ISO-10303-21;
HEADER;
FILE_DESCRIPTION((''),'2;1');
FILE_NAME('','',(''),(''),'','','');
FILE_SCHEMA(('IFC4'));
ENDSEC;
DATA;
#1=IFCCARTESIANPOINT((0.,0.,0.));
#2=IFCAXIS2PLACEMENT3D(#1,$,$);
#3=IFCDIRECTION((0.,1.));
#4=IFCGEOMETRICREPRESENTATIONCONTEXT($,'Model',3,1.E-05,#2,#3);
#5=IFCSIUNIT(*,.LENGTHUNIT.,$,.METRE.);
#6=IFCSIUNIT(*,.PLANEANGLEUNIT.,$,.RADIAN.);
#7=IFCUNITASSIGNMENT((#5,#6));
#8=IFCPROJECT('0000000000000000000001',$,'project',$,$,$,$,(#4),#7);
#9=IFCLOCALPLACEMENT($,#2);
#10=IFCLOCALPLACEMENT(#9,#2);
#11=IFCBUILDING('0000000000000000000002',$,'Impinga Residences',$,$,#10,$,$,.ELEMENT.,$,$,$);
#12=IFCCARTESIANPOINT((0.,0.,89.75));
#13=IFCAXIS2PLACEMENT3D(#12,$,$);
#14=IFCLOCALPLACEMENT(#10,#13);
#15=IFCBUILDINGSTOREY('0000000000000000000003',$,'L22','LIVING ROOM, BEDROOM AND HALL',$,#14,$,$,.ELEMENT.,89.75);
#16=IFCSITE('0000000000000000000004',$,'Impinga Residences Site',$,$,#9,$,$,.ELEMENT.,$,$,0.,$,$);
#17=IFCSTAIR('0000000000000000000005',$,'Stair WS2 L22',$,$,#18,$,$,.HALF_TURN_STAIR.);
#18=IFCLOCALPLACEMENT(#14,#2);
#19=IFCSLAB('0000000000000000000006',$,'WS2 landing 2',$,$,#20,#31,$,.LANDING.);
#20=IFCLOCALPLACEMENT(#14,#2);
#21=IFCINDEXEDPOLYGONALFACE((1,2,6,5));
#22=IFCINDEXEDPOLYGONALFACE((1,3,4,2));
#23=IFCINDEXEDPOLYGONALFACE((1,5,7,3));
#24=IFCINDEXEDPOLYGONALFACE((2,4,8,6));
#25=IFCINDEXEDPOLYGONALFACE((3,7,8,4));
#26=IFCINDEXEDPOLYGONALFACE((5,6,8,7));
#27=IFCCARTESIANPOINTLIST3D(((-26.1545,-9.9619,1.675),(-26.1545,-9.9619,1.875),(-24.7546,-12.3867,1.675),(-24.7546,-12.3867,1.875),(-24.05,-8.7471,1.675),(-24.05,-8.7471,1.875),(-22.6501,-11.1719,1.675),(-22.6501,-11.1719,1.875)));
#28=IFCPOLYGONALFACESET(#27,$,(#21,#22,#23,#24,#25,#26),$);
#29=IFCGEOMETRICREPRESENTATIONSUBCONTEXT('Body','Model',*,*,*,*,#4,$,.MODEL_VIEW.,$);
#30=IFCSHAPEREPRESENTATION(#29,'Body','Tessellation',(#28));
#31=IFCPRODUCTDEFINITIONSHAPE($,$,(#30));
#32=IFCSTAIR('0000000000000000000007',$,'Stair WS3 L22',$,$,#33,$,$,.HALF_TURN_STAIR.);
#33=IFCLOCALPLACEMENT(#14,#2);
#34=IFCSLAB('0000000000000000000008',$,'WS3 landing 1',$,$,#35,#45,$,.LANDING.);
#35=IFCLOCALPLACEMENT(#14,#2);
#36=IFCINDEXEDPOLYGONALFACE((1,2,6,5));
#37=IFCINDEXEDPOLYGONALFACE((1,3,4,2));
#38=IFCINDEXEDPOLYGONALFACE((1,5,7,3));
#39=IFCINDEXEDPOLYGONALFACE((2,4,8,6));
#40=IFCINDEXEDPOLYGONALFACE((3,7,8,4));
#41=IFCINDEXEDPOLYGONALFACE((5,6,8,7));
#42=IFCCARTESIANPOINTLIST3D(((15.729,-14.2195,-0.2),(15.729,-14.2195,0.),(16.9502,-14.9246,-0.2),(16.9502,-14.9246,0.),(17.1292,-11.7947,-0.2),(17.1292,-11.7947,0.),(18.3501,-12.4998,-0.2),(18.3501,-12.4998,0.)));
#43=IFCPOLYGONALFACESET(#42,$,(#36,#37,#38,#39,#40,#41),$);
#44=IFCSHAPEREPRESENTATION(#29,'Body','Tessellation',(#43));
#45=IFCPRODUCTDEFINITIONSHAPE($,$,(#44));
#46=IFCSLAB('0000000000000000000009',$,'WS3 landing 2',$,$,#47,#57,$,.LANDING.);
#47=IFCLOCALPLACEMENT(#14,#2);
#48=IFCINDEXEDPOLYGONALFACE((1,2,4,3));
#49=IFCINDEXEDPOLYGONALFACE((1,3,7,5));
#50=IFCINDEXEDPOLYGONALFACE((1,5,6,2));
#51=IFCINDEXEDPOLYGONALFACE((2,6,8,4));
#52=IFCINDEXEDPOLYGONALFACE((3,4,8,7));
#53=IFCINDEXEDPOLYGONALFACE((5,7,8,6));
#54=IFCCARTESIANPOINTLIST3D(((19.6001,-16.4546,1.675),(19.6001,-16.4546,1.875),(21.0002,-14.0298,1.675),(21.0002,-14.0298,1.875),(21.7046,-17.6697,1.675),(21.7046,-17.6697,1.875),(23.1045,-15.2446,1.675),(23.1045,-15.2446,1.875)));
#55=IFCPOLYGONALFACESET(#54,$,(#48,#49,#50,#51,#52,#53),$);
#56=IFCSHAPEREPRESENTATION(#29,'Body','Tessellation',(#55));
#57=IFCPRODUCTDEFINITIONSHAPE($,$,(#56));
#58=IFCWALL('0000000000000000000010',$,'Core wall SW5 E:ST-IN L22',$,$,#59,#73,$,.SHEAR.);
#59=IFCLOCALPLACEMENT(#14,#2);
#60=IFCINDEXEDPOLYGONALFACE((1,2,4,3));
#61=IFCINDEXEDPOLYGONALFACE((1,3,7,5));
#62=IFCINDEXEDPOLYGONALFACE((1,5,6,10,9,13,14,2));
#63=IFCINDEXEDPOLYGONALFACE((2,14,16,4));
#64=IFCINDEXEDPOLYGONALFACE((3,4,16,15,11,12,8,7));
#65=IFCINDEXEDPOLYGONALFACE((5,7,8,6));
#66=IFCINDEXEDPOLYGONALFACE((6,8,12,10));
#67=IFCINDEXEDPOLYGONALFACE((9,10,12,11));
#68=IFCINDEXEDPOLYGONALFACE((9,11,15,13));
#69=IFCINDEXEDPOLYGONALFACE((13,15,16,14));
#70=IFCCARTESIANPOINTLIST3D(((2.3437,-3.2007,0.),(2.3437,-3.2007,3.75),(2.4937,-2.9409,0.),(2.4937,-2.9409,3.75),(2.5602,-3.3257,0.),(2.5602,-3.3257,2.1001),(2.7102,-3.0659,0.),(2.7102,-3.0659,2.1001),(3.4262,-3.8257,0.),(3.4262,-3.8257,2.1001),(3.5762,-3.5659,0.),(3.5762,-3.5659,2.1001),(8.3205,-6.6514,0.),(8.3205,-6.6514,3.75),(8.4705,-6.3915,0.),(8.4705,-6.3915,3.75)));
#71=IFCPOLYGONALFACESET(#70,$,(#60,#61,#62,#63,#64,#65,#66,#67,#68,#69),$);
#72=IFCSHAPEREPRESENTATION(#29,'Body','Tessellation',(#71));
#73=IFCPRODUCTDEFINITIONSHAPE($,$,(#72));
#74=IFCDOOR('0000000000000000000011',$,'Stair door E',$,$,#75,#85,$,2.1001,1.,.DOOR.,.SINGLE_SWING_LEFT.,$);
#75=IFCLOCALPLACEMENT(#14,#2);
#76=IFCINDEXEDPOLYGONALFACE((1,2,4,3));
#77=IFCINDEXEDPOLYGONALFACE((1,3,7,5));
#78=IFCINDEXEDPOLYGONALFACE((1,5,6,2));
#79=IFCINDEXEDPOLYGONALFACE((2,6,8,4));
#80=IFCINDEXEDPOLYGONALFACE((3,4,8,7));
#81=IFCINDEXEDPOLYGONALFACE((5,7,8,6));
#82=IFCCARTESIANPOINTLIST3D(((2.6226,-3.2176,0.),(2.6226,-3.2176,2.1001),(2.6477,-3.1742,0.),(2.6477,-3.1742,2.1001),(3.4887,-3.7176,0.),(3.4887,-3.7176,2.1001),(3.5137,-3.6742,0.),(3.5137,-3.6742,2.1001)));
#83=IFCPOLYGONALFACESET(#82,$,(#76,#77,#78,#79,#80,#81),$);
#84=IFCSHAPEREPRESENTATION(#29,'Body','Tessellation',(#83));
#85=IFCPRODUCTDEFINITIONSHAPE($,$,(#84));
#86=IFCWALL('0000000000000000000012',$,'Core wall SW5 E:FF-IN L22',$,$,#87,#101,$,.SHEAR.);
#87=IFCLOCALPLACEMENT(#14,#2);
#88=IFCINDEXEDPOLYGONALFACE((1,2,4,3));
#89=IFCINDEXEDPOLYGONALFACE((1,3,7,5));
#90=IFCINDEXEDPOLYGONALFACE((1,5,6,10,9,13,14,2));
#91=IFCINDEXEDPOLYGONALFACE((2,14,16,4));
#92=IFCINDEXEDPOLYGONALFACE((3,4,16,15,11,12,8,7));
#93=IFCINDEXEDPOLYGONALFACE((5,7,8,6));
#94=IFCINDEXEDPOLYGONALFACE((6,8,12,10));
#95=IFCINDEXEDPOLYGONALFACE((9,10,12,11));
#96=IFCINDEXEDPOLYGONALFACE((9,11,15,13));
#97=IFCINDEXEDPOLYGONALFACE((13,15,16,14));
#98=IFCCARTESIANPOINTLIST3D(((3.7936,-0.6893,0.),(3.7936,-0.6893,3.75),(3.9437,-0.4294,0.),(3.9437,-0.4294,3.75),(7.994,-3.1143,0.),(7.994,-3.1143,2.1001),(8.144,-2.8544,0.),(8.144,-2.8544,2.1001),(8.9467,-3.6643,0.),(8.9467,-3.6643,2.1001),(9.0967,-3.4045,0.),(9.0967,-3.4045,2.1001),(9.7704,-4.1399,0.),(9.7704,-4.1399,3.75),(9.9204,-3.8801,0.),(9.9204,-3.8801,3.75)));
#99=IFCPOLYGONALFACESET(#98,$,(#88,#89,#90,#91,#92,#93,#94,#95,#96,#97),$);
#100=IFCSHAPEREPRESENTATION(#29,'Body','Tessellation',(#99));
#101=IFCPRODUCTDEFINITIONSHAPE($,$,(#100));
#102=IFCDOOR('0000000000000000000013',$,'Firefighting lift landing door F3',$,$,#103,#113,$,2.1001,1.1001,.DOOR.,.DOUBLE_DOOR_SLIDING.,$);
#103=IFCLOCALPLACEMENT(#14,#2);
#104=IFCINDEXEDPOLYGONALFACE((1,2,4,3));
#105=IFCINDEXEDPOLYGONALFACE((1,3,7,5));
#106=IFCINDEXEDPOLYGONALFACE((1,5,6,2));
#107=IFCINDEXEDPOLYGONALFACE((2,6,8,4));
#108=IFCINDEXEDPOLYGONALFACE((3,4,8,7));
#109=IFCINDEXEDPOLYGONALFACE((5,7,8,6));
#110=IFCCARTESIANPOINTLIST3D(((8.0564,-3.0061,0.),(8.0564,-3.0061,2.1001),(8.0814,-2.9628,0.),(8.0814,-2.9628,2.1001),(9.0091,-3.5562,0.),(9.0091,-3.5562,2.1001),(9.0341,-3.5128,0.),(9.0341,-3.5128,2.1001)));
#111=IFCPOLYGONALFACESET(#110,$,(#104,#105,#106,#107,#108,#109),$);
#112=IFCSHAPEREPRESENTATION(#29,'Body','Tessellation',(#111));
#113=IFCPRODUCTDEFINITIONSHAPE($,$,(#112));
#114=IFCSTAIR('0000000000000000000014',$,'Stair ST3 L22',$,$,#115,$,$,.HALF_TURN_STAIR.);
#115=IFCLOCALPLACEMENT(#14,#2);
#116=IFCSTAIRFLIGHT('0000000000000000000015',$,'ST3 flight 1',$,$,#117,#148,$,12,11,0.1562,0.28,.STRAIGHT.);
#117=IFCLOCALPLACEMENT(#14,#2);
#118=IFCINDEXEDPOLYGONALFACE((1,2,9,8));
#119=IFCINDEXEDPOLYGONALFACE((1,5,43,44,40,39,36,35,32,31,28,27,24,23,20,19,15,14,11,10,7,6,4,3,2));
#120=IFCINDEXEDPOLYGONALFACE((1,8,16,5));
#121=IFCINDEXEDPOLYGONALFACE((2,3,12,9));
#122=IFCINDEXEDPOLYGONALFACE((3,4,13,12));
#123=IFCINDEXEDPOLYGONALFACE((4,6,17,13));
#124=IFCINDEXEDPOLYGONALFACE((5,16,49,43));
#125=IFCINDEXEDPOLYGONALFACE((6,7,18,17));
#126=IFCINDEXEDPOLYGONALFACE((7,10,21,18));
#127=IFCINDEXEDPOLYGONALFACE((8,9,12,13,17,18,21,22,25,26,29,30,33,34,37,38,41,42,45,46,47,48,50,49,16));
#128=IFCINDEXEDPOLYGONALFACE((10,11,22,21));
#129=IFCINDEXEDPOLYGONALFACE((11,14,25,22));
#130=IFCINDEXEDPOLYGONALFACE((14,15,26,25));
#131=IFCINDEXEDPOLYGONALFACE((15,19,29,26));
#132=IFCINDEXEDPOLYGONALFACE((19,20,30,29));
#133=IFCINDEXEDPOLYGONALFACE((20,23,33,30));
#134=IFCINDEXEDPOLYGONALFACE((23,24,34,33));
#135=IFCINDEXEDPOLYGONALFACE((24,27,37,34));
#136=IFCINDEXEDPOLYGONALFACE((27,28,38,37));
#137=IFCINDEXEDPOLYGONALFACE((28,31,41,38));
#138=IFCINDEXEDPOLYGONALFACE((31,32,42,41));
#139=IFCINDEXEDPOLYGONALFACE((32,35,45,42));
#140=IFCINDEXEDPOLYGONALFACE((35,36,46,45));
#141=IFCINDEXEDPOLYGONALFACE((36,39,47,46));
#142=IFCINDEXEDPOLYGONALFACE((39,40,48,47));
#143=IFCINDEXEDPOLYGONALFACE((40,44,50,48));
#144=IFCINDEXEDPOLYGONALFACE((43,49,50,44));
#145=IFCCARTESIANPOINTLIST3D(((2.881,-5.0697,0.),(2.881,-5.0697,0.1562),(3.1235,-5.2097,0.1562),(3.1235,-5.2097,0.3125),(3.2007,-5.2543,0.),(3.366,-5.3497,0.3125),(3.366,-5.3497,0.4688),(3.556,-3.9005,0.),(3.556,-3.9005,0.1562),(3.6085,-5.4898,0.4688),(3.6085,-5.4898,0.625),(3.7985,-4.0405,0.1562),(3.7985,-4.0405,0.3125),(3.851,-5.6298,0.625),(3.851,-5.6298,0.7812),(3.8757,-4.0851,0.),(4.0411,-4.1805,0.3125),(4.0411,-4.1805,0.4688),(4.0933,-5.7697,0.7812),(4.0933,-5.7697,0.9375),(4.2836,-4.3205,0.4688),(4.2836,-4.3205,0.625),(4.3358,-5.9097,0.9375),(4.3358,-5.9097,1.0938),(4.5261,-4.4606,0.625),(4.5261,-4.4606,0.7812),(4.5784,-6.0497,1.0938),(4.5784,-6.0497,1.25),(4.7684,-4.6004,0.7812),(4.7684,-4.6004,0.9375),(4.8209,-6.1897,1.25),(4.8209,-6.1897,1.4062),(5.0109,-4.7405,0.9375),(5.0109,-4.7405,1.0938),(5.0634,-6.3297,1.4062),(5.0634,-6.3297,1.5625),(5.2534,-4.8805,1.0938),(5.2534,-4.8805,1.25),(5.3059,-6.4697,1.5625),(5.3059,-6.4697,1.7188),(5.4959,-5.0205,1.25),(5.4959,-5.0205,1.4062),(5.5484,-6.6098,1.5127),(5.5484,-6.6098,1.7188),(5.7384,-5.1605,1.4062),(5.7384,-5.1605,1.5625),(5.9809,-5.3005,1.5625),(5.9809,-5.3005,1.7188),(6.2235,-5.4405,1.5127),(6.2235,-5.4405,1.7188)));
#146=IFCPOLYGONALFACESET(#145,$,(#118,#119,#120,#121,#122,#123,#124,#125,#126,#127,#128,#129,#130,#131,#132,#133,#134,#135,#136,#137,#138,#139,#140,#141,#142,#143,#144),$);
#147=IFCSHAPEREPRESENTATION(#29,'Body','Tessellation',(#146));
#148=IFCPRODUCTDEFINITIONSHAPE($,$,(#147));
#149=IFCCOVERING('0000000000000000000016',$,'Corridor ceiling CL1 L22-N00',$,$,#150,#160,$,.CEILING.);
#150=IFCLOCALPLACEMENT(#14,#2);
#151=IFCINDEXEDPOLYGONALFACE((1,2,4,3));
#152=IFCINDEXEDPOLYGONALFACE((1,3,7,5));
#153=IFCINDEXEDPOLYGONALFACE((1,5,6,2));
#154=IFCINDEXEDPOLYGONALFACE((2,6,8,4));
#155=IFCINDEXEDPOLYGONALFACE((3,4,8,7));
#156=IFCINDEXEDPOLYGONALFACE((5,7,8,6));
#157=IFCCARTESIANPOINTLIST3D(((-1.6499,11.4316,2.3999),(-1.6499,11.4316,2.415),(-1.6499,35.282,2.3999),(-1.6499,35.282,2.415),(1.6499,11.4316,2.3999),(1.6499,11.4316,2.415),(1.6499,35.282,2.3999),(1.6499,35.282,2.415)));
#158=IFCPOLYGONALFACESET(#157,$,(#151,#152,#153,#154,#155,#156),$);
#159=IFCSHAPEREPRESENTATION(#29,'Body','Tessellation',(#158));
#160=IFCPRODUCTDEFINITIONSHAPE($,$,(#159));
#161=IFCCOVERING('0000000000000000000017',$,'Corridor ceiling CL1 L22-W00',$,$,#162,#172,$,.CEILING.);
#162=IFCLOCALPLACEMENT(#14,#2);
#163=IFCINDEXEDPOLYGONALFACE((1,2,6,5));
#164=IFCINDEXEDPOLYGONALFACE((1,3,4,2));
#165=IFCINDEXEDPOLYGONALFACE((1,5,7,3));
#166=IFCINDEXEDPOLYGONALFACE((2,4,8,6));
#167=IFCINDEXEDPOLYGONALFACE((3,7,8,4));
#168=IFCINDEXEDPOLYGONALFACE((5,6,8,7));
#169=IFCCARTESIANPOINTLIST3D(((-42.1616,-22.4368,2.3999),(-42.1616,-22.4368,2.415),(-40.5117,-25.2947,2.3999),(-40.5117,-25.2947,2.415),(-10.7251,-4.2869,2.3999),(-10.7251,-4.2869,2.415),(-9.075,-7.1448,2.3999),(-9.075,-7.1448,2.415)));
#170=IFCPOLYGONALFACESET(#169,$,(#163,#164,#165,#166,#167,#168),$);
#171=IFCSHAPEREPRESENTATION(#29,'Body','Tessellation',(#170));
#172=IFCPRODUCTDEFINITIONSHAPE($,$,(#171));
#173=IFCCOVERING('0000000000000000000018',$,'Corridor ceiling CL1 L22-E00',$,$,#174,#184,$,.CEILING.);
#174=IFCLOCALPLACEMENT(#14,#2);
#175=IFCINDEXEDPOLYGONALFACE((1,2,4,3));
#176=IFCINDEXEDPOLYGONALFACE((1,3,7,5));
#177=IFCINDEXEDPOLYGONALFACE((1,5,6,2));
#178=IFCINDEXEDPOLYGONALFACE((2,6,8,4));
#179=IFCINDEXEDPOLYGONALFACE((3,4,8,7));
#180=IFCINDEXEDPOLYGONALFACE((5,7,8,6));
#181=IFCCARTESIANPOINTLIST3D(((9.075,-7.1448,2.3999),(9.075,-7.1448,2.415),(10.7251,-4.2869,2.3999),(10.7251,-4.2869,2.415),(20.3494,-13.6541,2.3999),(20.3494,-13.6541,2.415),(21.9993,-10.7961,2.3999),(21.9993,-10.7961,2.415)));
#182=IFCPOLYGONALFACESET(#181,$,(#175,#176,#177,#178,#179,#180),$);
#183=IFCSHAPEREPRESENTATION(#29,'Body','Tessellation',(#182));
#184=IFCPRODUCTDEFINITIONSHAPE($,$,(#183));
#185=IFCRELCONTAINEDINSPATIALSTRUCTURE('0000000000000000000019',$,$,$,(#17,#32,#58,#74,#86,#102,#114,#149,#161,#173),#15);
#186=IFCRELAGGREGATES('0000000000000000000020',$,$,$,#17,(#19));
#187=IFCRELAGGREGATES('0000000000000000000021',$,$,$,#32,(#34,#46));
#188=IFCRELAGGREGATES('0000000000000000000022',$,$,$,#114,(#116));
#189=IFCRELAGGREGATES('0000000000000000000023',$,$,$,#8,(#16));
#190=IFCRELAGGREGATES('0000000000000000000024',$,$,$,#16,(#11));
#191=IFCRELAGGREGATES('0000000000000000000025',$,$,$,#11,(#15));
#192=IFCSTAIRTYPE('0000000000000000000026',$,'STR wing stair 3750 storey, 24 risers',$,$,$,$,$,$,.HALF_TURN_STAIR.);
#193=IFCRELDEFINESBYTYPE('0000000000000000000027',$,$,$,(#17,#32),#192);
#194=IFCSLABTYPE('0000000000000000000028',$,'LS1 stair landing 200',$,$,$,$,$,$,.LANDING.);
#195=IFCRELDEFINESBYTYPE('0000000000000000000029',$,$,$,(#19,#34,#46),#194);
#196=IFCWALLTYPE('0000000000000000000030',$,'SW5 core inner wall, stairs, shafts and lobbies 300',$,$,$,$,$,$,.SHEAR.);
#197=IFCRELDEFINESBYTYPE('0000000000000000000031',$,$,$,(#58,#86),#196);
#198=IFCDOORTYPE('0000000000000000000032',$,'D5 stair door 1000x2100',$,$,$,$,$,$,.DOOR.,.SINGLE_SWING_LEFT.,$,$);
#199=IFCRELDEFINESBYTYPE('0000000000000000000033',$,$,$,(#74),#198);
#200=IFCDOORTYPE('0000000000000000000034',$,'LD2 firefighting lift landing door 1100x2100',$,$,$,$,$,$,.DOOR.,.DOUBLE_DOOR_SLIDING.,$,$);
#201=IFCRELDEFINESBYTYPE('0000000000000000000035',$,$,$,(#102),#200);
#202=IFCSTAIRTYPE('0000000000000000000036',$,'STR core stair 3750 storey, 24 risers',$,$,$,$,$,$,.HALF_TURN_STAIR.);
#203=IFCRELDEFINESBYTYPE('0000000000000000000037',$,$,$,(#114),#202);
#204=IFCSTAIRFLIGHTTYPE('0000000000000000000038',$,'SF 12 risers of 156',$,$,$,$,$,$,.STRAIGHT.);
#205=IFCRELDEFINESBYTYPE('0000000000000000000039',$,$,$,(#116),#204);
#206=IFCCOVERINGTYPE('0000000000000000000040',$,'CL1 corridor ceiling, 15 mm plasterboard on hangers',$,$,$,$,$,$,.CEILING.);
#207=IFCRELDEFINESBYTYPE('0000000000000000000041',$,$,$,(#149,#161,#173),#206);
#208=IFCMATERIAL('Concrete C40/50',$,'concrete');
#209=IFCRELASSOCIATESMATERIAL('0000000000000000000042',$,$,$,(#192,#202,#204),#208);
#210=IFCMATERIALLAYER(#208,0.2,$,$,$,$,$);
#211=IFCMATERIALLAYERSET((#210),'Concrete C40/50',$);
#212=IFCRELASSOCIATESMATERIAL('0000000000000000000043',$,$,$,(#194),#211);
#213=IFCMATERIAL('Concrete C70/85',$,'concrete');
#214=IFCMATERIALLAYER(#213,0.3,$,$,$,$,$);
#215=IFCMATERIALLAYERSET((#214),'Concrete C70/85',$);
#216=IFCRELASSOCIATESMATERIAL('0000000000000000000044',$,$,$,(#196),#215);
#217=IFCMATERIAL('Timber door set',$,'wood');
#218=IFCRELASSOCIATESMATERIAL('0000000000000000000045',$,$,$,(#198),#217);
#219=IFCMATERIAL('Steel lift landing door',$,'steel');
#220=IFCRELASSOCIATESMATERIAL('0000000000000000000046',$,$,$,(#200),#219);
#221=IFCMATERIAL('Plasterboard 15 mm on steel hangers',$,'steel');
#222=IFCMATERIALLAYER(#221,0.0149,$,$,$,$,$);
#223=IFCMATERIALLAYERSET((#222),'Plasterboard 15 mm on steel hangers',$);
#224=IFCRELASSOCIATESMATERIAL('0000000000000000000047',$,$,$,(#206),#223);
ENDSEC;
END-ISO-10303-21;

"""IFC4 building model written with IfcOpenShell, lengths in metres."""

from ifc_helpers import new_model, si_unit, direction, frame, frame_2d, origin, place, context, subcontext, project, spatial, polyline, rectangle, outline, extrude, material, layer, layer_set, type_object, element, fill, aggregate, save


model = new_model("IFC4")

# Units and contexts
model_context = context("Model", 3, precision=1e-05, world=origin(), true_north=direction((0.0, 1.0)))
body_context = subcontext(model_context, "Body", "Model", "MODEL_VIEW")
ifc_project = project(units=[si_unit("LENGTHUNIT", "METRE"), si_unit("PLANEANGLEUNIT", "RADIAN")], contexts=[model_context])

# Site, building, storey
site_placement = place(None, origin())
site = spatial("IfcSite", under=ifc_project, at=site_placement, Name="Impinga Residences Site", CompositionType="ELEMENT", RefElevation=0.0)
building_placement = place(site_placement, origin())
building = spatial("IfcBuilding", under=site, at=building_placement, Name="Impinga Residences", CompositionType="ELEMENT")
storey_placement = place(building_placement, frame((0.0, 0.0, 89.75)))
storey = spatial("IfcBuildingStorey", under=building, at=storey_placement, Name="L22", Description="LIVING ROOM, BEDROOM AND HALL", CompositionType="ELEMENT", Elevation=89.75)

# Stair, slab
ifc_material_1 = material(Name="Concrete C40/50", Category="concrete")
stair_type_1 = type_object("IfcStairType", Name="STR wing stair 3750 storey, 24 risers", PredefinedType="HALF_TURN_STAIR", material=ifc_material_1)
stair_1_placement = place(storey_placement, origin())
stair_1 = element("IfcStair", 1, at=stair_1_placement, inside=storey, type_object=stair_type_1, Name="Stair WS2 L22", PredefinedType="HALF_TURN_STAIR")
ifc_layer_1 = layer(ifc_material_1, 0.2)
ifc_layer_set_1 = layer_set([ifc_layer_1], Name="Concrete C40/50")
slab_type = type_object("IfcSlabType", Name="LS1 stair landing 200", PredefinedType="LANDING", material=ifc_layer_set_1)
slab_1_placement = place(storey_placement, frame((0.0, 0.0, 1.675)))
slab_1 = element("IfcSlab", 2, at=slab_1_placement, type_object=slab_type, Name="WS2 landing 2", PredefinedType="LANDING", context=body_context, shape_type="SweptSolid", body=[
    extrude(outline(polyline([(-22.6501, -11.1719), (-24.05, -8.7471), (-26.1545, -9.9619), (-24.7546, -12.3867), (-22.6501, -11.1719)])), origin(), (0.0, 0.0, 1.0), 0.2),
])
aggregate(stair_1, [slab_1])

# Stair, slabs
stair_2_placement = place(storey_placement, origin())
stair_2 = element("IfcStair", 3, at=stair_2_placement, inside=storey, type_object=stair_type_1, Name="Stair WS3 L22", PredefinedType="HALF_TURN_STAIR")
slab_2_placement = place(storey_placement, frame((0.0, 0.0, -0.2)))
slab_2 = element("IfcSlab", 4, at=slab_2_placement, type_object=slab_type, Name="WS3 landing 1", PredefinedType="LANDING", context=body_context, shape_type="SweptSolid", body=[
    extrude(outline(polyline([(17.1292, -11.7947), (15.729, -14.2195), (16.9502, -14.9246), (18.3501, -12.4998), (17.1292, -11.7947)])), origin(), (0.0, 0.0, 1.0), 0.2),
])
slab_3_placement = place(storey_placement, frame((0.0, 0.0, 1.675)))
slab_3 = element("IfcSlab", 5, at=slab_3_placement, type_object=slab_type, Name="WS3 landing 2", PredefinedType="LANDING", context=body_context, shape_type="SweptSolid", body=[
    extrude(outline(polyline([(21.0002, -14.0298), (19.6001, -16.4546), (21.7046, -17.6697), (23.1045, -15.2446), (21.0002, -14.0298)])), origin(), (0.0, 0.0, 1.0), 0.2),
])
aggregate(stair_2, [slab_2, slab_3])

# Walls, openings, doors
ifc_material_2 = material(Name="Concrete C70/85", Category="concrete")
ifc_layer_2 = layer(ifc_material_2, 0.3)
ifc_layer_set_2 = layer_set([ifc_layer_2], Name="Concrete C70/85")
wall_type = type_object("IfcWallType", Name="SW5 core inner wall, stairs, shafts and lobbies 300", PredefinedType="SHEAR", material=ifc_layer_set_2)
wall_1_placement = place(storey_placement, frame((2.4187, -3.0708, 0.0), z_axis=(0.0, 0.0, 1.0), x_axis=(0.866027, -0.499997, 0.0)))
wall_1 = element("IfcWall", 6, at=wall_1_placement, inside=storey, type_object=wall_type, Name="Core wall SW5 E:ST-IN L22", PredefinedType="SHEAR", context=body_context, shape_type="SweptSolid", body=[
    extrude(rectangle(XDim=6.9014, YDim=0.3, at=frame_2d((3.4507, 0.0))), origin(), (0.0, 0.0, 1.0), 3.75),
])
opening_1_placement = place(wall_1_placement, frame((0.25, 0.0, 0.0)))
opening_1 = element("IfcOpeningElement", 7, at=opening_1_placement, cuts=wall_1, PredefinedType="OPENING", context=body_context, shape_type="SweptSolid", body=[
    extrude(rectangle(XDim=1.0, YDim=2.1001, at=frame_2d((0.5, 1.05))), frame((0.0, 0.1599, 0.0), z_axis=(0.0, -1.0, 0.0), x_axis=(1.0, 0.0, 0.0)), (0.0, 0.0, 1.0), 0.3201),
])
ifc_material_3 = material(Name="Timber door set", Category="wood")
door_type_1 = type_object("IfcDoorType", Name="D5 stair door 1000x2100", OperationType="SINGLE_SWING_LEFT", PredefinedType="DOOR", material=ifc_material_3)
door_1_placement = place(opening_1_placement, origin())
door_1 = element("IfcDoor", 8, at=door_1_placement, inside=storey, type_object=door_type_1, Name="Stair door E", OperationType="SINGLE_SWING_LEFT", OverallHeight=2.1001, OverallWidth=1.0, PredefinedType="DOOR", context=body_context, shape_type="SweptSolid", body=[
    extrude(rectangle(XDim=1.0, YDim=2.1001, at=frame_2d((0.5, 1.05))), frame((0.0, 0.0249, 0.0), z_axis=(0.0, -1.0, 0.0), x_axis=(1.0, 0.0, 0.0)), (0.0, 0.0, 1.0), 0.05),
])
fill(opening_1, door_1)
wall_2_placement = place(storey_placement, frame((3.8687, -0.5593, 0.0), z_axis=(0.0, 0.0, 1.0), x_axis=(0.866027, -0.499997, 0.0)))
wall_2 = element("IfcWall", 9, at=wall_2_placement, inside=storey, type_object=wall_type, Name="Core wall SW5 E:FF-IN L22", PredefinedType="SHEAR", context=body_context, shape_type="SweptSolid", body=[
    extrude(rectangle(XDim=6.9014, YDim=0.3, at=frame_2d((3.4507, 0.0))), origin(), (0.0, 0.0, 1.0), 3.75),
])
opening_2_placement = place(wall_2_placement, frame((4.8501, 0.0, 0.0)))
opening_2 = element("IfcOpeningElement", 10, at=opening_2_placement, cuts=wall_2, PredefinedType="OPENING", context=body_context, shape_type="SweptSolid", body=[
    extrude(rectangle(XDim=1.1001, YDim=2.1001, at=frame_2d((0.55, 1.05))), frame((0.0, 0.1599, 0.0), z_axis=(0.0, -1.0, 0.0), x_axis=(1.0, 0.0, 0.0)), (0.0, 0.0, 1.0), 0.3201),
])
ifc_material_4 = material(Name="Steel lift landing door", Category="steel")
door_type_2 = type_object("IfcDoorType", Name="LD2 firefighting lift landing door 1100x2100", OperationType="DOUBLE_DOOR_SLIDING", PredefinedType="DOOR", material=ifc_material_4)
door_2_placement = place(opening_2_placement, origin())
door_2 = element("IfcDoor", 11, at=door_2_placement, inside=storey, type_object=door_type_2, Name="Firefighting lift landing door F3", OperationType="DOUBLE_DOOR_SLIDING", OverallHeight=2.1001, OverallWidth=1.1001, PredefinedType="DOOR", context=body_context, shape_type="SweptSolid", body=[
    extrude(rectangle(XDim=1.1001, YDim=2.1001, at=frame_2d((0.55, 1.05))), frame((0.0, 0.0249, 0.0), z_axis=(0.0, -1.0, 0.0), x_axis=(1.0, 0.0, 0.0)), (0.0, 0.0, 1.0), 0.05),
])
fill(opening_2, door_2)

# Stair, stair flight
stair_type_2 = type_object("IfcStairType", Name="STR core stair 3750 storey, 24 risers", PredefinedType="HALF_TURN_STAIR", material=ifc_material_1)
stair_3_placement = place(storey_placement, origin())
stair_3 = element("IfcStair", 12, at=stair_3_placement, inside=storey, type_object=stair_type_2, Name="Stair ST3 L22", PredefinedType="HALF_TURN_STAIR")
stair_flight_type = type_object("IfcStairFlightType", Name="SF 12 risers of 156", PredefinedType="STRAIGHT", material=ifc_material_1)
stair_flight_placement = place(storey_placement, frame((3.2185, -4.4851, 0.0), z_axis=(0.0, 0.0, 1.0), x_axis=(0.866025, -0.5, 0.0)))
stair_flight = element("IfcStairFlight", 13, at=stair_flight_placement, type_object=stair_flight_type, Name="ST3 flight 1", NumberOfRisers=12, NumberOfTreads=11, PredefinedType="STRAIGHT", RiserHeight=0.1562, TreadLength=0.28, context=body_context, shape_type="SweptSolid", body=[
    extrude(outline(polyline([(0.0, 0.0), (0.0, 0.1562), (0.28, 0.1562), (0.28, 0.3125), (0.5601, 0.3125), (0.5601, 0.4688), (0.8401, 0.4688), (0.8401, 0.625), (1.1201, 0.625), (1.1201, 0.7812), (1.3999, 0.7812), (1.3999, 0.9375), (1.6799, 0.9375), (1.6799, 1.0938), (1.96, 1.0938), (1.96, 1.25), (2.24, 1.25), (2.24, 1.4062), (2.52, 1.4062), (2.52, 1.5625), (2.8, 1.5625), (2.8, 1.7188), (3.0801, 1.7188), (3.0801, 1.875), (3.0801, 1.5127), (0.3691, 0.0), (0.0, 0.0)])), frame((0.0, 0.675, 0.0), z_axis=(0.0, -1.0, 0.0), x_axis=(1.0, 0.0, 0.0)), (0.0, 0.0, 1.0), 1.3501),
])
aggregate(stair_3, [stair_flight])

# Coverings
ifc_material_5 = material(Name="Plasterboard 15 mm on steel hangers", Category="steel")
ifc_layer_3 = layer(ifc_material_5, 0.0149)
ifc_layer_set_3 = layer_set([ifc_layer_3], Name="Plasterboard 15 mm on steel hangers")
covering_type_1 = type_object("IfcCoveringType", Name="CL1 corridor ceiling, 15 mm plasterboard on hangers", PredefinedType="CEILING", material=ifc_layer_set_3)
covering_1_placement = place(storey_placement, frame((0.0, 0.0, 2.3999)))
element("IfcCovering", 14, at=covering_1_placement, inside=storey, type_object=covering_type_1, Name="Corridor ceiling CL1 L22-N00", PredefinedType="CEILING", context=body_context, shape_type="SweptSolid", body=[
    extrude(outline(polyline([(1.6499, 11.4316), (-1.6499, 11.4316), (-1.6499, 35.282), (1.6499, 35.282), (1.6499, 11.4316)])), origin(), (0.0, 0.0, 1.0), 0.0151),
])
covering_2_placement = place(storey_placement, frame((0.0, 0.0, 2.3999)))
element("IfcCovering", 15, at=covering_2_placement, inside=storey, type_object=covering_type_1, Name="Corridor ceiling CL1 L22-W00", PredefinedType="CEILING", context=body_context, shape_type="SweptSolid", body=[
    extrude(outline(polyline([(-9.075, -7.1448), (-10.7251, -4.2869), (-42.1616, -22.4368), (-40.5117, -25.2947), (-9.075, -7.1448)])), origin(), (0.0, 0.0, 1.0), 0.0151),
])
covering_3_placement = place(storey_placement, frame((0.0, 0.0, 2.3999)))
element("IfcCovering", 16, at=covering_3_placement, inside=storey, type_object=covering_type_1, Name="Corridor ceiling CL1 L22-E00", PredefinedType="CEILING", context=body_context, shape_type="SweptSolid", body=[
    extrude(outline(polyline([(9.075, -7.1448), (10.7251, -4.2869), (21.9993, -10.7961), (20.3494, -13.6541), (9.075, -7.1448)])), origin(), (0.0, 0.0, 1.0), 0.0151),
])

save(model, "model.ifc")
